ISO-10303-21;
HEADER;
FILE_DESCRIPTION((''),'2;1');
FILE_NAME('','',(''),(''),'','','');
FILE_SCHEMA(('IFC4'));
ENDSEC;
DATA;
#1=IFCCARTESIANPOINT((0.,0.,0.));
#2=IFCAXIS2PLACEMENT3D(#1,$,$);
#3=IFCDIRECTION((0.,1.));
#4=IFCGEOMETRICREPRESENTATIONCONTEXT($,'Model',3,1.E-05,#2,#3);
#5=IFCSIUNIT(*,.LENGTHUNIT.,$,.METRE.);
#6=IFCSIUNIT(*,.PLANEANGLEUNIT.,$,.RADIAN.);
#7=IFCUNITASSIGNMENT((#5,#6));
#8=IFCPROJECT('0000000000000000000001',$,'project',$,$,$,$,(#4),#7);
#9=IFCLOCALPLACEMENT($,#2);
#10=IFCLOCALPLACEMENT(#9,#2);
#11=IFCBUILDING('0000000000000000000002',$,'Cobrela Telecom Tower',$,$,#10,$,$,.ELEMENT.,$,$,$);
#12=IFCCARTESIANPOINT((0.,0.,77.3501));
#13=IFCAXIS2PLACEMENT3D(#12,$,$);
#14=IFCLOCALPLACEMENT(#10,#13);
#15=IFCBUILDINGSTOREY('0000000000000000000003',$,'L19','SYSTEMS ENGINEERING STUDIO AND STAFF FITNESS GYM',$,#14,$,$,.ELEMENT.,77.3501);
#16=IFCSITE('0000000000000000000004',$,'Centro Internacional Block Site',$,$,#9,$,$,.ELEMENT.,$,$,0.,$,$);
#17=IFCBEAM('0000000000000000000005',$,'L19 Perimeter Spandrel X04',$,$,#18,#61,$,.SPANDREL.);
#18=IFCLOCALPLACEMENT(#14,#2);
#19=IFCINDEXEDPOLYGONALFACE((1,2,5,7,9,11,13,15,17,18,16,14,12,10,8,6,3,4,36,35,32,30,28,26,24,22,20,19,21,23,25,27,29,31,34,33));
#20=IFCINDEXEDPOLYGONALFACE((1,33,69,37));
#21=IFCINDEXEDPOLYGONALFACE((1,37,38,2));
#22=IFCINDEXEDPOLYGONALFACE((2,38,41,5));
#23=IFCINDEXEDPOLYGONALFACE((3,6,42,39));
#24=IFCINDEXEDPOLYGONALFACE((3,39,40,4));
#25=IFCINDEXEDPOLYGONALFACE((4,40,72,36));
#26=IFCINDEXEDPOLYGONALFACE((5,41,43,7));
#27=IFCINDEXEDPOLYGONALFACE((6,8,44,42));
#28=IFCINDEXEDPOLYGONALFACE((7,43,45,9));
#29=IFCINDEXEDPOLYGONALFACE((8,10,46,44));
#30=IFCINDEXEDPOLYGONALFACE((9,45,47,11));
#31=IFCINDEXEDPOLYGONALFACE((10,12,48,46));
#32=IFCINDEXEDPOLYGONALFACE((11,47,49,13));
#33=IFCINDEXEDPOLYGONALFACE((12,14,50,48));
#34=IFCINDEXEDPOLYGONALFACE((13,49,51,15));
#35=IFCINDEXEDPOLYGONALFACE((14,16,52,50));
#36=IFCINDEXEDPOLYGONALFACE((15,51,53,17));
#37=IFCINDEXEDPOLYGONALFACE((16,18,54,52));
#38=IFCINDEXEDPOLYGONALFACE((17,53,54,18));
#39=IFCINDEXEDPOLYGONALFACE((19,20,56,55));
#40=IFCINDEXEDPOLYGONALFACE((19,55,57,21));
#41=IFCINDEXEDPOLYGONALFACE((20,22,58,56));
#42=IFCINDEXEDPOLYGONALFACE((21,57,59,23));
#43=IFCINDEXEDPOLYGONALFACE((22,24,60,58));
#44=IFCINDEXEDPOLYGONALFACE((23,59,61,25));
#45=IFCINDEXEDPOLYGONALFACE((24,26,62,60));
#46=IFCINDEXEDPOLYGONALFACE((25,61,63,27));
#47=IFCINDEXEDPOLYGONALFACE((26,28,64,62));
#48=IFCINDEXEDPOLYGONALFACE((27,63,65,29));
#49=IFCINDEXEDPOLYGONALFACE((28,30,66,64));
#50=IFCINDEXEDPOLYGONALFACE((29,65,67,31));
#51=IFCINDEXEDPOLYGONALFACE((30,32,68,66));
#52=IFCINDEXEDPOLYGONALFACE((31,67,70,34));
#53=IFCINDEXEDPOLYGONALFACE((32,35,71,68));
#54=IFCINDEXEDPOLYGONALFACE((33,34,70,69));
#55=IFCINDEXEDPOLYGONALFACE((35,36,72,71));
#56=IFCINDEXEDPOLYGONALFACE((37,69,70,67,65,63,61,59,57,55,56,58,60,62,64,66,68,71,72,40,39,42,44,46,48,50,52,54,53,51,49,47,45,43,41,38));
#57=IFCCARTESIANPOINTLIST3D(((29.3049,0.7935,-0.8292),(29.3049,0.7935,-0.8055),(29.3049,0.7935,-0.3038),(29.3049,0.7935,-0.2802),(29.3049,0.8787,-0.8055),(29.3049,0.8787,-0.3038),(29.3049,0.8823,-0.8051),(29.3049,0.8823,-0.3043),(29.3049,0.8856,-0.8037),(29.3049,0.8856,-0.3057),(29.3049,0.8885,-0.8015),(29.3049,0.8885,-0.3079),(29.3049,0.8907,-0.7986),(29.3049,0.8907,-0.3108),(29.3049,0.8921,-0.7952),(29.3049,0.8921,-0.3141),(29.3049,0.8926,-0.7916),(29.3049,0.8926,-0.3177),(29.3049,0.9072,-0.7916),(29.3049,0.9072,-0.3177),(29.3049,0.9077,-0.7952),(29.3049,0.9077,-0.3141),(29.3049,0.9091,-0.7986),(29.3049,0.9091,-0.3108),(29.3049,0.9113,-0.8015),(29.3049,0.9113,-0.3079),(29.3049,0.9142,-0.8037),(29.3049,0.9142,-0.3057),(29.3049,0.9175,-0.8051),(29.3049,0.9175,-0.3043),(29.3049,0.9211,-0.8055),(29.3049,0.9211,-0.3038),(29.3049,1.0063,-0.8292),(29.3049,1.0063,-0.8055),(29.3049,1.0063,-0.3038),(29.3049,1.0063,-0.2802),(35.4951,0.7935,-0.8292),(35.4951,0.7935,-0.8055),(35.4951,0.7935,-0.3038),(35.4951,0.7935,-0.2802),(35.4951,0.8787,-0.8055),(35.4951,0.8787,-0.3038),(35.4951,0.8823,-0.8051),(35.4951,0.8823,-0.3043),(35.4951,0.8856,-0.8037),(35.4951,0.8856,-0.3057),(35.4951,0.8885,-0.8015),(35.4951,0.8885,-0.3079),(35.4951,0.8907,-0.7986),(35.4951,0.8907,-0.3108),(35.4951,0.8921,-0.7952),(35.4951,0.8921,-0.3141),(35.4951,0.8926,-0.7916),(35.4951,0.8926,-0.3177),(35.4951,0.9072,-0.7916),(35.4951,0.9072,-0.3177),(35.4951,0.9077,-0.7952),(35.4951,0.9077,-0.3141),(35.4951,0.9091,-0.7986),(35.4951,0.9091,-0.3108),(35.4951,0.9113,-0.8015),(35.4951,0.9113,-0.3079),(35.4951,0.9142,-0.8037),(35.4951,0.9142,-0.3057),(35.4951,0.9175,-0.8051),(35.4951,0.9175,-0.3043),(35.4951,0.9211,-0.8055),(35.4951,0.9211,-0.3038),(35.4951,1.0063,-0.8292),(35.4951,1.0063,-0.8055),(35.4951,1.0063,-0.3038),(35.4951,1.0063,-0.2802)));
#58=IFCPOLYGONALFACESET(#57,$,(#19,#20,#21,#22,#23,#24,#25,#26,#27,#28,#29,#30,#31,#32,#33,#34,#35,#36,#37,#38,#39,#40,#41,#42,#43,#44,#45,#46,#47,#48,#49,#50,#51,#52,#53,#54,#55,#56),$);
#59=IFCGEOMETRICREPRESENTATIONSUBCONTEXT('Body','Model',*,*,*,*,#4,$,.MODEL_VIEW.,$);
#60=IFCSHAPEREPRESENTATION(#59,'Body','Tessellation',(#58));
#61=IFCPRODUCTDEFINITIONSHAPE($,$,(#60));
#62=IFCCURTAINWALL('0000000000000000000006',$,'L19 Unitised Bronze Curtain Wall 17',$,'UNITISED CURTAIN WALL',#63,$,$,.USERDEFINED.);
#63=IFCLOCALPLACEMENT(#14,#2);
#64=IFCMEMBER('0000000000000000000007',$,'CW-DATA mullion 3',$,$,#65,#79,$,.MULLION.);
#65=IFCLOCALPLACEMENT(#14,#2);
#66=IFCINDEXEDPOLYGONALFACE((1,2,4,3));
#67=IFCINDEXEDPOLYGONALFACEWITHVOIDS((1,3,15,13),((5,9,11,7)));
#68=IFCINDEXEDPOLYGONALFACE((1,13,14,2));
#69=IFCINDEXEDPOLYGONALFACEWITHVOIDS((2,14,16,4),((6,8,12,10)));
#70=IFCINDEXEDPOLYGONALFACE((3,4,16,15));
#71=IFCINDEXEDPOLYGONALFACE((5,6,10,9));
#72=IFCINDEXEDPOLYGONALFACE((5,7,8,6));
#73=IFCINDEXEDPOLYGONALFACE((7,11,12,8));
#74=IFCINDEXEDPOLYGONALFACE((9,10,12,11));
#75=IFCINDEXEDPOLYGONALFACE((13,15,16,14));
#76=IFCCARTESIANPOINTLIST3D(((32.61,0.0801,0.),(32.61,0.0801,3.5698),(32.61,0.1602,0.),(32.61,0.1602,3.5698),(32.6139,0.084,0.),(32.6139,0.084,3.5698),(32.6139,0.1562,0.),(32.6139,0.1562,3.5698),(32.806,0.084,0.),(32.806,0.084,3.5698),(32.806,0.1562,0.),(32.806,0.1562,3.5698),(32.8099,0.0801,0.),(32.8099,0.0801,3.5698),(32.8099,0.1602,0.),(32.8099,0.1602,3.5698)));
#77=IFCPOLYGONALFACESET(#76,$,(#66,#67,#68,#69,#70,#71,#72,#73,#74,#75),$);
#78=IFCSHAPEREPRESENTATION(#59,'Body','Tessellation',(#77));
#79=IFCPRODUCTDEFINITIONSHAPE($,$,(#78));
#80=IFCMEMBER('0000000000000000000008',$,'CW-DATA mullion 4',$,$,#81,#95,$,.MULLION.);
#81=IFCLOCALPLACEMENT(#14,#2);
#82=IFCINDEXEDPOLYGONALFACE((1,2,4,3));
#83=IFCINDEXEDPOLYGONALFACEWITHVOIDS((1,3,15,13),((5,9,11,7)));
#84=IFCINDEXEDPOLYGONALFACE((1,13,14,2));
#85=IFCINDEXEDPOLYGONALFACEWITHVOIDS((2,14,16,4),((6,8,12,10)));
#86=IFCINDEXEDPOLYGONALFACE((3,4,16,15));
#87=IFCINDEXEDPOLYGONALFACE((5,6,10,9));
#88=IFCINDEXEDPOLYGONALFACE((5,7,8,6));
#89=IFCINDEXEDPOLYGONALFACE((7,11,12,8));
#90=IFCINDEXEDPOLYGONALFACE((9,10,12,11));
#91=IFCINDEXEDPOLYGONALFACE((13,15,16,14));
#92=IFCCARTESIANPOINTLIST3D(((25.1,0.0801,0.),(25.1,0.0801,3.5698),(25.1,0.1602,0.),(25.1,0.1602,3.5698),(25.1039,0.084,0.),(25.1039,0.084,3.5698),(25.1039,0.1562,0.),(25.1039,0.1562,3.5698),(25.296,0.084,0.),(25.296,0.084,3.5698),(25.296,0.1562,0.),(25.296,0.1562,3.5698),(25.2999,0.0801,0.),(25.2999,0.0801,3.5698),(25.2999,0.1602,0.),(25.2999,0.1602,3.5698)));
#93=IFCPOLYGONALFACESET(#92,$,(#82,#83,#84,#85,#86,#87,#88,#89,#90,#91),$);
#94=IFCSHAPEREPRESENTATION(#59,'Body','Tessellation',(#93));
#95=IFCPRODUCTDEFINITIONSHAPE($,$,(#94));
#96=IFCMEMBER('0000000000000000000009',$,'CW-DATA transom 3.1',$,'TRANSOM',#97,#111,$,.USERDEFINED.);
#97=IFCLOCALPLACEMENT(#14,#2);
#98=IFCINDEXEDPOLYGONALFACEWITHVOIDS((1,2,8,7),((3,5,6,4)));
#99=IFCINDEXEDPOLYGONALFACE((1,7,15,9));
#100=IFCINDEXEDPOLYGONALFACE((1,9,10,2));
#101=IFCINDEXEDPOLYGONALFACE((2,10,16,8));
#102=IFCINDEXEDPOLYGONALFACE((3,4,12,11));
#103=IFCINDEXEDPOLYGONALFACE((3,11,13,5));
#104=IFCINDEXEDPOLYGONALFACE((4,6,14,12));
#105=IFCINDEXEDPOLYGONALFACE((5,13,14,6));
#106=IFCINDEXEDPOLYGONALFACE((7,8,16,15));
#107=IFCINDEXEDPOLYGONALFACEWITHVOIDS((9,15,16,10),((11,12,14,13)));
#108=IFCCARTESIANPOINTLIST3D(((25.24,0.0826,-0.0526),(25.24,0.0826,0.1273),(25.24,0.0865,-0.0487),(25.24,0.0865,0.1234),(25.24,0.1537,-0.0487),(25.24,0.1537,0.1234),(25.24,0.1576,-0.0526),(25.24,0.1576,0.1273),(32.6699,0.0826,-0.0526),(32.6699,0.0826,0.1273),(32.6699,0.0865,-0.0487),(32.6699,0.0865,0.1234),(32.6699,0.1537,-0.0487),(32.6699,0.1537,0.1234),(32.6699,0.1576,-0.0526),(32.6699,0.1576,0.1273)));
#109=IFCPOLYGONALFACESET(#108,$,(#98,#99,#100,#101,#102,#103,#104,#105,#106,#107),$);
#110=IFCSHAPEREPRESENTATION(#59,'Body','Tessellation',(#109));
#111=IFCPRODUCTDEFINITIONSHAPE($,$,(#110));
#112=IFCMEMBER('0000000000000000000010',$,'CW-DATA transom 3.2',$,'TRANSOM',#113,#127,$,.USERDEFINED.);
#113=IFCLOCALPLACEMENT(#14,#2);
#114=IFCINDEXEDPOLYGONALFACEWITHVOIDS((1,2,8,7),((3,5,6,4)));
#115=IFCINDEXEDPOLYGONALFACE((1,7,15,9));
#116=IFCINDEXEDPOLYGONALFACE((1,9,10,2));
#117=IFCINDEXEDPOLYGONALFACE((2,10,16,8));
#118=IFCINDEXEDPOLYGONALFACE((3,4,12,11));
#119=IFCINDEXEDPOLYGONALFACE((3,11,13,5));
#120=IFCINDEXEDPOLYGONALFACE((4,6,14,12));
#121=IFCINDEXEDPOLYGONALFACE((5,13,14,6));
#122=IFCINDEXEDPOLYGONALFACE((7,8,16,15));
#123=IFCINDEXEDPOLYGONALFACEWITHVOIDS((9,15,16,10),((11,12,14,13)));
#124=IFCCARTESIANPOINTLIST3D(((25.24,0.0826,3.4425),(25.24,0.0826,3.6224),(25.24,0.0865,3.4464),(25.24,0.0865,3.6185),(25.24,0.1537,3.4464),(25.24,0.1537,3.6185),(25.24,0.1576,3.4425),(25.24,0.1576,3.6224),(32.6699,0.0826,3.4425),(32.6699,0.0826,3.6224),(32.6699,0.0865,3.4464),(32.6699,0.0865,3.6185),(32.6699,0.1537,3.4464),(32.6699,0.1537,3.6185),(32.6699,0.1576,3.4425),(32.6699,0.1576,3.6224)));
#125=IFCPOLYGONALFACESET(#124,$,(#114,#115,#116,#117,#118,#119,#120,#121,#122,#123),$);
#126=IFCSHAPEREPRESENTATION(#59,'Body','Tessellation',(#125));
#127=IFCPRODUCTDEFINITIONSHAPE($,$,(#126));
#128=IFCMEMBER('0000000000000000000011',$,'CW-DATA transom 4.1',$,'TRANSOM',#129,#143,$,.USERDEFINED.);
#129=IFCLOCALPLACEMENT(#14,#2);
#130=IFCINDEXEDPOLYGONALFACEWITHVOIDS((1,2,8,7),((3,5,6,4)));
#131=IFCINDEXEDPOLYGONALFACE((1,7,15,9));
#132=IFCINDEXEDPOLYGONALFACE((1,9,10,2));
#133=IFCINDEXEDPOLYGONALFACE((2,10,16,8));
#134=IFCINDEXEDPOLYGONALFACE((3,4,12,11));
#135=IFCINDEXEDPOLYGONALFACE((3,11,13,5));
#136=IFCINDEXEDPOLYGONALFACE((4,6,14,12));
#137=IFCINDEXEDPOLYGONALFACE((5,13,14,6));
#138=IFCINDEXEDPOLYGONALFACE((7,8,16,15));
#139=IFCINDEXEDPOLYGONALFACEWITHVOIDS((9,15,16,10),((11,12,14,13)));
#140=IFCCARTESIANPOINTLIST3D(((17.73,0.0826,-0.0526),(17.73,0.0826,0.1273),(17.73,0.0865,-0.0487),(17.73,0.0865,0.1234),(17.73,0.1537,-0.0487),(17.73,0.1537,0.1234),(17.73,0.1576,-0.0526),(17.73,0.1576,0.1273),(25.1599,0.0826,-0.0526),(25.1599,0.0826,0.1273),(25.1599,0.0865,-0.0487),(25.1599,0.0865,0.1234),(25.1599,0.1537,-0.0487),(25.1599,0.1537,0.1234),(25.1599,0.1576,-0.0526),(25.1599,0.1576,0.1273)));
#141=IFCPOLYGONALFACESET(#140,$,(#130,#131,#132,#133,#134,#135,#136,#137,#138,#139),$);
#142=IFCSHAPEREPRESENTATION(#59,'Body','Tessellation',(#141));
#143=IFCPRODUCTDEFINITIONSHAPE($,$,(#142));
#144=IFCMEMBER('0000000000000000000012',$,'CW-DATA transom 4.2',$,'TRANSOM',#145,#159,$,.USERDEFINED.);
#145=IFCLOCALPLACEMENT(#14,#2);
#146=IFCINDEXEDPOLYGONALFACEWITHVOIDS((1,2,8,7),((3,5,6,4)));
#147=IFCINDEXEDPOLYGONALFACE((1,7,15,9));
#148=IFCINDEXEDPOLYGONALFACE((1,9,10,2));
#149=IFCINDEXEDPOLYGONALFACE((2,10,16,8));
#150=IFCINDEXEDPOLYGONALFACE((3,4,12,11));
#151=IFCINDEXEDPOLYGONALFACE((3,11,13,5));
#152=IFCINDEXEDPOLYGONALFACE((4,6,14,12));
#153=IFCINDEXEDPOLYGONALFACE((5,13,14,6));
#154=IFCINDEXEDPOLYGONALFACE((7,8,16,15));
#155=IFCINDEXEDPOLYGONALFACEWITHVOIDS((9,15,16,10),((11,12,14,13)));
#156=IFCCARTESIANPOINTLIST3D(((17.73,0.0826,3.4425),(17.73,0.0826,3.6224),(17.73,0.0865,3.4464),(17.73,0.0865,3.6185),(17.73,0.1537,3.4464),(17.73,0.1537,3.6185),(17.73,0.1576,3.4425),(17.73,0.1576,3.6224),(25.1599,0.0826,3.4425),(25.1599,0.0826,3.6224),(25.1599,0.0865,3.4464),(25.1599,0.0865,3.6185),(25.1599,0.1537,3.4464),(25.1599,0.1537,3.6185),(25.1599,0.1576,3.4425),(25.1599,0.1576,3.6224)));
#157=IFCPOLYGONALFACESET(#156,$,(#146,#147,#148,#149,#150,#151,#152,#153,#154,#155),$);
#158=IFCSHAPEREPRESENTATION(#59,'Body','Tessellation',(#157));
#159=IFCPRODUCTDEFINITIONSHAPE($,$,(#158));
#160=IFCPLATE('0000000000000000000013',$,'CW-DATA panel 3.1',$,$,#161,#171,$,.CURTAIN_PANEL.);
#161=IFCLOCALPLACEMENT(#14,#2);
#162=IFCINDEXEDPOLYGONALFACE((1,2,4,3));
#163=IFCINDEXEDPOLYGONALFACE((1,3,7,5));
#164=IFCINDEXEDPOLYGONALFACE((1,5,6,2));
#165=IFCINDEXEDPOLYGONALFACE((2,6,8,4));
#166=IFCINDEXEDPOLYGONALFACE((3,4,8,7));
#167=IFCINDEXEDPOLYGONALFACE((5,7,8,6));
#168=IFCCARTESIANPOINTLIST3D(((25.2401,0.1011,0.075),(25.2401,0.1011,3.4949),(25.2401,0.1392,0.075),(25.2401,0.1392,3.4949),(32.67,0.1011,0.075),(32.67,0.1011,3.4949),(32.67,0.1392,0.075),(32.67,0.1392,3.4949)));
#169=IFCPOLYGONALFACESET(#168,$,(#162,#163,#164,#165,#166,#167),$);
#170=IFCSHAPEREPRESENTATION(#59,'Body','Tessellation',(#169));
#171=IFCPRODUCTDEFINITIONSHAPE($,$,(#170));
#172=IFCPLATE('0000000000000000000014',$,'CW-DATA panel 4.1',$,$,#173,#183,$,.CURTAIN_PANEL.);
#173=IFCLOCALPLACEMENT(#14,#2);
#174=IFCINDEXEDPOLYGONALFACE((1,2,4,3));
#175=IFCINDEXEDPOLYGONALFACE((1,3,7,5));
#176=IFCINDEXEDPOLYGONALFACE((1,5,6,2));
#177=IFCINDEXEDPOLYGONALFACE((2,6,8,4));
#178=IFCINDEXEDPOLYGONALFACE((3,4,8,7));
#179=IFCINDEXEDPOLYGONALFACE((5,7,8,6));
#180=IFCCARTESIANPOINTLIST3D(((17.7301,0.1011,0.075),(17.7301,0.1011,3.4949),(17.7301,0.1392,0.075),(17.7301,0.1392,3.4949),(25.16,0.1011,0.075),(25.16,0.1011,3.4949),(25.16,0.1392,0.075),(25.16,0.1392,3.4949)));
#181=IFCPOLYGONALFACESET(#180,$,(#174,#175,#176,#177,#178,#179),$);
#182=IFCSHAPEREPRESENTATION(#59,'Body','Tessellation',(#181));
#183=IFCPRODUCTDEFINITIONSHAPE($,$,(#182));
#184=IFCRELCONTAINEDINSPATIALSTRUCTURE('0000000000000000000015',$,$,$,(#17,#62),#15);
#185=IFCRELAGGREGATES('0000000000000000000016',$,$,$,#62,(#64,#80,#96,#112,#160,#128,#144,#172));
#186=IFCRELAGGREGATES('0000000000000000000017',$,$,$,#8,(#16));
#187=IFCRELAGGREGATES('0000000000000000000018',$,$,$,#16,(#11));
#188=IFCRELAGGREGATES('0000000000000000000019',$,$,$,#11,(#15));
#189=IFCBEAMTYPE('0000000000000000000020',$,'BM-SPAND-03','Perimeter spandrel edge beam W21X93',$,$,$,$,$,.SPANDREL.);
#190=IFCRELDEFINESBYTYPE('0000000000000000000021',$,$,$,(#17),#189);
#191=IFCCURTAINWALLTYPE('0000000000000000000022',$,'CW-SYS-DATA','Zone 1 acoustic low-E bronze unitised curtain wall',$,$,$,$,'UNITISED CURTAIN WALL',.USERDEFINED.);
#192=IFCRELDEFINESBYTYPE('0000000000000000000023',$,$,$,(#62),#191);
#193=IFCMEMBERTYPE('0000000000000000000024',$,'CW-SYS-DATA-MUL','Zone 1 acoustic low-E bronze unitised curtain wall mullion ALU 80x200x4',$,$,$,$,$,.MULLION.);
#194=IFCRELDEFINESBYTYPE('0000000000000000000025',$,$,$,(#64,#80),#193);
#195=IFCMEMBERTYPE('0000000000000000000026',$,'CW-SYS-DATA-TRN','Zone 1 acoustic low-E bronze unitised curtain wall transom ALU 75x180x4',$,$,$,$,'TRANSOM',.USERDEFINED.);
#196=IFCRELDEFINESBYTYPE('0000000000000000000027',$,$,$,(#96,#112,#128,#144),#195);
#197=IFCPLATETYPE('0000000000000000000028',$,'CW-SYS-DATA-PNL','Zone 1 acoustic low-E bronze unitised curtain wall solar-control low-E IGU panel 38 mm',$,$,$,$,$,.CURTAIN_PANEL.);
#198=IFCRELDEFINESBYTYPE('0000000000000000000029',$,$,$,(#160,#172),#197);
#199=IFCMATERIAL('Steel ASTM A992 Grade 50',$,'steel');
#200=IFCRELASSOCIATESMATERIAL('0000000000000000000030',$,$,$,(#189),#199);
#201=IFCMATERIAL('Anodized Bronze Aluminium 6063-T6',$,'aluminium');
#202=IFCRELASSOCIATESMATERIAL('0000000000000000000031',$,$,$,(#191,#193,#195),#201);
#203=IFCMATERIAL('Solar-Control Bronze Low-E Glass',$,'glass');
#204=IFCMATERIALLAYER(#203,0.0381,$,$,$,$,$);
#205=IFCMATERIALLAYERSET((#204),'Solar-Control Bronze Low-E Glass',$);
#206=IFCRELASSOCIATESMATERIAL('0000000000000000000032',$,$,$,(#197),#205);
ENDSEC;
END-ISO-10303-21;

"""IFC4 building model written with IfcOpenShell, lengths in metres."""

from ifc_helpers import new_model, si_unit, direction, frame, origin, origin_2d, place, context, subcontext, project, spatial, rectangle, hollow_rectangle, i_section, extrude, material, layer, layer_set, material_profile, profile_set, type_object, element, aggregate, save


model = new_model("IFC4")

# Units and contexts
model_context = context("Model", 3, precision=1e-05, world=origin(), true_north=direction((0.0, 1.0)))
body_context = subcontext(model_context, "Body", "Model", "MODEL_VIEW")
ifc_project = project(units=[si_unit("LENGTHUNIT", "METRE"), si_unit("PLANEANGLEUNIT", "RADIAN")], contexts=[model_context])

# Site, building, storey
site_placement = place(None, origin())
site = spatial("IfcSite", under=ifc_project, at=site_placement, Name="Centro Internacional Block Site", CompositionType="ELEMENT", RefElevation=0.0)
building_placement = place(site_placement, origin())
building = spatial("IfcBuilding", under=site, at=building_placement, Name="Cobrela Telecom Tower", CompositionType="ELEMENT")
storey_placement = place(building_placement, frame((0.0, 0.0, 77.3501)))
storey = spatial("IfcBuildingStorey", under=building, at=storey_placement, Name="L19", Description="SYSTEMS ENGINEERING STUDIO AND STAFF FITNESS GYM", CompositionType="ELEMENT", Elevation=77.3501)

# Beam
ifc_material_1 = material(Name="Steel ASTM A992 Grade 50", Category="steel")
ifc_material_profile_1 = material_profile(ifc_material_1, i_section(OverallWidth=0.2129, OverallDepth=0.5491, WebThickness=0.0146, FlangeThickness=0.0237, FilletRadius=0.0139, at=origin_2d()), Name="W21X93")
ifc_profile_set_1 = profile_set([ifc_material_profile_1], Name="Steel ASTM A992 Grade 50")
beam_type_1 = type_object("IfcBeamType", Name="BM-SPAND-03", Description="Perimeter spandrel edge beam W21X93", PredefinedType="SPANDREL", material=ifc_profile_set_1)
beam_1_placement = place(storey_placement, frame((29.3049, 0.8999, -0.5547), z_axis=(1.0, 0.0, 0.0), x_axis=(0.0, 1.0, 0.0)))
element("IfcBeam", 1, at=beam_1_placement, inside=storey, type_object=beam_type_1, Name="L19 Perimeter Spandrel X04", PredefinedType="SPANDREL", context=body_context, shape_type="SweptSolid", body=[
    extrude(i_section(OverallWidth=0.2129, OverallDepth=0.5491, WebThickness=0.0146, FlangeThickness=0.0237, FilletRadius=0.0139, at=origin_2d()), origin(), (0.0, 0.0, 1.0), 6.1902),
])

# Curtain wall, members, plates
ifc_material_2 = material(Name="Anodized Bronze Aluminium 6063-T6", Category="aluminium")
curtain_wall_type = type_object("IfcCurtainWallType", Name="CW-SYS-DATA", Description="Zone 1 acoustic low-E bronze unitised curtain wall", ElementType="UNITISED CURTAIN WALL", PredefinedType="USERDEFINED", material=ifc_material_2)
curtain_wall_placement = place(storey_placement, origin())
curtain_wall = element("IfcCurtainWall", 2, at=curtain_wall_placement, inside=storey, type_object=curtain_wall_type, Name="L19 Unitised Bronze Curtain Wall 17", ObjectType="UNITISED CURTAIN WALL", PredefinedType="USERDEFINED")
ifc_material_profile_2 = material_profile(ifc_material_2, hollow_rectangle(XDim=0.0801, YDim=0.2, WallThickness=0.0039, at=origin_2d()), Name="ALU 80x200x4")
ifc_profile_set_2 = profile_set([ifc_material_profile_2], Name="Anodized Bronze Aluminium 6063-T6")
member_type_1 = type_object("IfcMemberType", Name="CW-SYS-DATA-MUL", Description="Zone 1 acoustic low-E bronze unitised curtain wall mullion ALU 80x200x4", PredefinedType="MULLION", material=ifc_profile_set_2)
member_1_placement = place(storey_placement, frame((32.71, 0.1201, 0.0), z_axis=(0.0, 0.0, 1.0), x_axis=(0.0, -1.0, 0.0)))
member_1 = element("IfcMember", 3, at=member_1_placement, type_object=member_type_1, Name="CW-DATA mullion 3", PredefinedType="MULLION", context=body_context, shape_type="SweptSolid", body=[
    extrude(hollow_rectangle(XDim=0.0801, YDim=0.2, WallThickness=0.0039, at=origin_2d()), origin(), (0.0, 0.0, 1.0), 3.5698),
])
member_2_placement = place(storey_placement, frame((25.2, 0.1201, 0.0), z_axis=(0.0, 0.0, 1.0), x_axis=(0.0, -1.0, 0.0)))
member_2 = element("IfcMember", 4, at=member_2_placement, type_object=member_type_1, Name="CW-DATA mullion 4", PredefinedType="MULLION", context=body_context, shape_type="SweptSolid", body=[
    extrude(hollow_rectangle(XDim=0.0801, YDim=0.2, WallThickness=0.0039, at=origin_2d()), origin(), (0.0, 0.0, 1.0), 3.5698),
])
ifc_material_profile_3 = material_profile(ifc_material_2, hollow_rectangle(XDim=0.075, YDim=0.1799, WallThickness=0.0039, at=origin_2d()), Name="ALU 75x180x4")
ifc_profile_set_3 = profile_set([ifc_material_profile_3], Name="Anodized Bronze Aluminium 6063-T6")
member_type_2 = type_object("IfcMemberType", Name="CW-SYS-DATA-TRN", Description="Zone 1 acoustic low-E bronze unitised curtain wall transom ALU 75x180x4", ElementType="TRANSOM", PredefinedType="USERDEFINED", material=ifc_profile_set_3)
member_3_placement = place(storey_placement, frame((32.6699, 0.1201, 0.0374), z_axis=(-1.0, 0.0, 0.0), x_axis=(0.0, -1.0, 0.0)))
member_3 = element("IfcMember", 5, at=member_3_placement, type_object=member_type_2, Name="CW-DATA transom 3.1", ObjectType="TRANSOM", PredefinedType="USERDEFINED", context=body_context, shape_type="SweptSolid", body=[
    extrude(hollow_rectangle(XDim=0.075, YDim=0.1799, WallThickness=0.0039, at=origin_2d()), origin(), (0.0, 0.0, 1.0), 7.4299),
])
member_4_placement = place(storey_placement, frame((32.6699, 0.1201, 3.5325), z_axis=(-1.0, 0.0, 0.0), x_axis=(0.0, -1.0, 0.0)))
member_4 = element("IfcMember", 6, at=member_4_placement, type_object=member_type_2, Name="CW-DATA transom 3.2", ObjectType="TRANSOM", PredefinedType="USERDEFINED", context=body_context, shape_type="SweptSolid", body=[
    extrude(hollow_rectangle(XDim=0.075, YDim=0.1799, WallThickness=0.0039, at=origin_2d()), origin(), (0.0, 0.0, 1.0), 7.4299),
])
member_5_placement = place(storey_placement, frame((25.1599, 0.1201, 0.0374), z_axis=(-1.0, 0.0, 0.0), x_axis=(0.0, -1.0, 0.0)))
member_5 = element("IfcMember", 7, at=member_5_placement, type_object=member_type_2, Name="CW-DATA transom 4.1", ObjectType="TRANSOM", PredefinedType="USERDEFINED", context=body_context, shape_type="SweptSolid", body=[
    extrude(hollow_rectangle(XDim=0.075, YDim=0.1799, WallThickness=0.0039, at=origin_2d()), origin(), (0.0, 0.0, 1.0), 7.4299),
])
member_6_placement = place(storey_placement, frame((25.1599, 0.1201, 3.5325), z_axis=(-1.0, 0.0, 0.0), x_axis=(0.0, -1.0, 0.0)))
member_6 = element("IfcMember", 8, at=member_6_placement, type_object=member_type_2, Name="CW-DATA transom 4.2", ObjectType="TRANSOM", PredefinedType="USERDEFINED", context=body_context, shape_type="SweptSolid", body=[
    extrude(hollow_rectangle(XDim=0.075, YDim=0.1799, WallThickness=0.0039, at=origin_2d()), origin(), (0.0, 0.0, 1.0), 7.4299),
])
ifc_material_3 = material(Name="Solar-Control Bronze Low-E Glass", Category="glass")
ifc_layer_1 = layer(ifc_material_3, 0.0381)
ifc_layer_set_1 = layer_set([ifc_layer_1], Name="Solar-Control Bronze Low-E Glass")
plate_type = type_object("IfcPlateType", Name="CW-SYS-DATA-PNL", Description="Zone 1 acoustic low-E bronze unitised curtain wall solar-control low-E IGU panel 38 mm", PredefinedType="CURTAIN_PANEL", material=ifc_layer_set_1)
plate_1_placement = place(storey_placement, frame((28.9551, 0.1201, 0.075), z_axis=(0.0, 0.0, 1.0), x_axis=(-1.0, 0.0, 0.0)))
plate_1 = element("IfcPlate", 9, at=plate_1_placement, type_object=plate_type, Name="CW-DATA panel 3.1", PredefinedType="CURTAIN_PANEL", context=body_context, shape_type="SweptSolid", body=[
    extrude(rectangle(XDim=7.4299, YDim=0.0381, at=origin_2d()), origin(), (0.0, 0.0, 1.0), 3.4199),
])
plate_2_placement = place(storey_placement, frame((21.4451, 0.1201, 0.075), z_axis=(0.0, 0.0, 1.0), x_axis=(-1.0, 0.0, 0.0)))
plate_2 = element("IfcPlate", 10, at=plate_2_placement, type_object=plate_type, Name="CW-DATA panel 4.1", PredefinedType="CURTAIN_PANEL", context=body_context, shape_type="SweptSolid", body=[
    extrude(rectangle(XDim=7.4299, YDim=0.0381, at=origin_2d()), origin(), (0.0, 0.0, 1.0), 3.4199),
])
aggregate(curtain_wall, [member_1, member_2, member_3, member_4, plate_1, member_5, member_6, plate_2])

save(model, "model.ifc")
